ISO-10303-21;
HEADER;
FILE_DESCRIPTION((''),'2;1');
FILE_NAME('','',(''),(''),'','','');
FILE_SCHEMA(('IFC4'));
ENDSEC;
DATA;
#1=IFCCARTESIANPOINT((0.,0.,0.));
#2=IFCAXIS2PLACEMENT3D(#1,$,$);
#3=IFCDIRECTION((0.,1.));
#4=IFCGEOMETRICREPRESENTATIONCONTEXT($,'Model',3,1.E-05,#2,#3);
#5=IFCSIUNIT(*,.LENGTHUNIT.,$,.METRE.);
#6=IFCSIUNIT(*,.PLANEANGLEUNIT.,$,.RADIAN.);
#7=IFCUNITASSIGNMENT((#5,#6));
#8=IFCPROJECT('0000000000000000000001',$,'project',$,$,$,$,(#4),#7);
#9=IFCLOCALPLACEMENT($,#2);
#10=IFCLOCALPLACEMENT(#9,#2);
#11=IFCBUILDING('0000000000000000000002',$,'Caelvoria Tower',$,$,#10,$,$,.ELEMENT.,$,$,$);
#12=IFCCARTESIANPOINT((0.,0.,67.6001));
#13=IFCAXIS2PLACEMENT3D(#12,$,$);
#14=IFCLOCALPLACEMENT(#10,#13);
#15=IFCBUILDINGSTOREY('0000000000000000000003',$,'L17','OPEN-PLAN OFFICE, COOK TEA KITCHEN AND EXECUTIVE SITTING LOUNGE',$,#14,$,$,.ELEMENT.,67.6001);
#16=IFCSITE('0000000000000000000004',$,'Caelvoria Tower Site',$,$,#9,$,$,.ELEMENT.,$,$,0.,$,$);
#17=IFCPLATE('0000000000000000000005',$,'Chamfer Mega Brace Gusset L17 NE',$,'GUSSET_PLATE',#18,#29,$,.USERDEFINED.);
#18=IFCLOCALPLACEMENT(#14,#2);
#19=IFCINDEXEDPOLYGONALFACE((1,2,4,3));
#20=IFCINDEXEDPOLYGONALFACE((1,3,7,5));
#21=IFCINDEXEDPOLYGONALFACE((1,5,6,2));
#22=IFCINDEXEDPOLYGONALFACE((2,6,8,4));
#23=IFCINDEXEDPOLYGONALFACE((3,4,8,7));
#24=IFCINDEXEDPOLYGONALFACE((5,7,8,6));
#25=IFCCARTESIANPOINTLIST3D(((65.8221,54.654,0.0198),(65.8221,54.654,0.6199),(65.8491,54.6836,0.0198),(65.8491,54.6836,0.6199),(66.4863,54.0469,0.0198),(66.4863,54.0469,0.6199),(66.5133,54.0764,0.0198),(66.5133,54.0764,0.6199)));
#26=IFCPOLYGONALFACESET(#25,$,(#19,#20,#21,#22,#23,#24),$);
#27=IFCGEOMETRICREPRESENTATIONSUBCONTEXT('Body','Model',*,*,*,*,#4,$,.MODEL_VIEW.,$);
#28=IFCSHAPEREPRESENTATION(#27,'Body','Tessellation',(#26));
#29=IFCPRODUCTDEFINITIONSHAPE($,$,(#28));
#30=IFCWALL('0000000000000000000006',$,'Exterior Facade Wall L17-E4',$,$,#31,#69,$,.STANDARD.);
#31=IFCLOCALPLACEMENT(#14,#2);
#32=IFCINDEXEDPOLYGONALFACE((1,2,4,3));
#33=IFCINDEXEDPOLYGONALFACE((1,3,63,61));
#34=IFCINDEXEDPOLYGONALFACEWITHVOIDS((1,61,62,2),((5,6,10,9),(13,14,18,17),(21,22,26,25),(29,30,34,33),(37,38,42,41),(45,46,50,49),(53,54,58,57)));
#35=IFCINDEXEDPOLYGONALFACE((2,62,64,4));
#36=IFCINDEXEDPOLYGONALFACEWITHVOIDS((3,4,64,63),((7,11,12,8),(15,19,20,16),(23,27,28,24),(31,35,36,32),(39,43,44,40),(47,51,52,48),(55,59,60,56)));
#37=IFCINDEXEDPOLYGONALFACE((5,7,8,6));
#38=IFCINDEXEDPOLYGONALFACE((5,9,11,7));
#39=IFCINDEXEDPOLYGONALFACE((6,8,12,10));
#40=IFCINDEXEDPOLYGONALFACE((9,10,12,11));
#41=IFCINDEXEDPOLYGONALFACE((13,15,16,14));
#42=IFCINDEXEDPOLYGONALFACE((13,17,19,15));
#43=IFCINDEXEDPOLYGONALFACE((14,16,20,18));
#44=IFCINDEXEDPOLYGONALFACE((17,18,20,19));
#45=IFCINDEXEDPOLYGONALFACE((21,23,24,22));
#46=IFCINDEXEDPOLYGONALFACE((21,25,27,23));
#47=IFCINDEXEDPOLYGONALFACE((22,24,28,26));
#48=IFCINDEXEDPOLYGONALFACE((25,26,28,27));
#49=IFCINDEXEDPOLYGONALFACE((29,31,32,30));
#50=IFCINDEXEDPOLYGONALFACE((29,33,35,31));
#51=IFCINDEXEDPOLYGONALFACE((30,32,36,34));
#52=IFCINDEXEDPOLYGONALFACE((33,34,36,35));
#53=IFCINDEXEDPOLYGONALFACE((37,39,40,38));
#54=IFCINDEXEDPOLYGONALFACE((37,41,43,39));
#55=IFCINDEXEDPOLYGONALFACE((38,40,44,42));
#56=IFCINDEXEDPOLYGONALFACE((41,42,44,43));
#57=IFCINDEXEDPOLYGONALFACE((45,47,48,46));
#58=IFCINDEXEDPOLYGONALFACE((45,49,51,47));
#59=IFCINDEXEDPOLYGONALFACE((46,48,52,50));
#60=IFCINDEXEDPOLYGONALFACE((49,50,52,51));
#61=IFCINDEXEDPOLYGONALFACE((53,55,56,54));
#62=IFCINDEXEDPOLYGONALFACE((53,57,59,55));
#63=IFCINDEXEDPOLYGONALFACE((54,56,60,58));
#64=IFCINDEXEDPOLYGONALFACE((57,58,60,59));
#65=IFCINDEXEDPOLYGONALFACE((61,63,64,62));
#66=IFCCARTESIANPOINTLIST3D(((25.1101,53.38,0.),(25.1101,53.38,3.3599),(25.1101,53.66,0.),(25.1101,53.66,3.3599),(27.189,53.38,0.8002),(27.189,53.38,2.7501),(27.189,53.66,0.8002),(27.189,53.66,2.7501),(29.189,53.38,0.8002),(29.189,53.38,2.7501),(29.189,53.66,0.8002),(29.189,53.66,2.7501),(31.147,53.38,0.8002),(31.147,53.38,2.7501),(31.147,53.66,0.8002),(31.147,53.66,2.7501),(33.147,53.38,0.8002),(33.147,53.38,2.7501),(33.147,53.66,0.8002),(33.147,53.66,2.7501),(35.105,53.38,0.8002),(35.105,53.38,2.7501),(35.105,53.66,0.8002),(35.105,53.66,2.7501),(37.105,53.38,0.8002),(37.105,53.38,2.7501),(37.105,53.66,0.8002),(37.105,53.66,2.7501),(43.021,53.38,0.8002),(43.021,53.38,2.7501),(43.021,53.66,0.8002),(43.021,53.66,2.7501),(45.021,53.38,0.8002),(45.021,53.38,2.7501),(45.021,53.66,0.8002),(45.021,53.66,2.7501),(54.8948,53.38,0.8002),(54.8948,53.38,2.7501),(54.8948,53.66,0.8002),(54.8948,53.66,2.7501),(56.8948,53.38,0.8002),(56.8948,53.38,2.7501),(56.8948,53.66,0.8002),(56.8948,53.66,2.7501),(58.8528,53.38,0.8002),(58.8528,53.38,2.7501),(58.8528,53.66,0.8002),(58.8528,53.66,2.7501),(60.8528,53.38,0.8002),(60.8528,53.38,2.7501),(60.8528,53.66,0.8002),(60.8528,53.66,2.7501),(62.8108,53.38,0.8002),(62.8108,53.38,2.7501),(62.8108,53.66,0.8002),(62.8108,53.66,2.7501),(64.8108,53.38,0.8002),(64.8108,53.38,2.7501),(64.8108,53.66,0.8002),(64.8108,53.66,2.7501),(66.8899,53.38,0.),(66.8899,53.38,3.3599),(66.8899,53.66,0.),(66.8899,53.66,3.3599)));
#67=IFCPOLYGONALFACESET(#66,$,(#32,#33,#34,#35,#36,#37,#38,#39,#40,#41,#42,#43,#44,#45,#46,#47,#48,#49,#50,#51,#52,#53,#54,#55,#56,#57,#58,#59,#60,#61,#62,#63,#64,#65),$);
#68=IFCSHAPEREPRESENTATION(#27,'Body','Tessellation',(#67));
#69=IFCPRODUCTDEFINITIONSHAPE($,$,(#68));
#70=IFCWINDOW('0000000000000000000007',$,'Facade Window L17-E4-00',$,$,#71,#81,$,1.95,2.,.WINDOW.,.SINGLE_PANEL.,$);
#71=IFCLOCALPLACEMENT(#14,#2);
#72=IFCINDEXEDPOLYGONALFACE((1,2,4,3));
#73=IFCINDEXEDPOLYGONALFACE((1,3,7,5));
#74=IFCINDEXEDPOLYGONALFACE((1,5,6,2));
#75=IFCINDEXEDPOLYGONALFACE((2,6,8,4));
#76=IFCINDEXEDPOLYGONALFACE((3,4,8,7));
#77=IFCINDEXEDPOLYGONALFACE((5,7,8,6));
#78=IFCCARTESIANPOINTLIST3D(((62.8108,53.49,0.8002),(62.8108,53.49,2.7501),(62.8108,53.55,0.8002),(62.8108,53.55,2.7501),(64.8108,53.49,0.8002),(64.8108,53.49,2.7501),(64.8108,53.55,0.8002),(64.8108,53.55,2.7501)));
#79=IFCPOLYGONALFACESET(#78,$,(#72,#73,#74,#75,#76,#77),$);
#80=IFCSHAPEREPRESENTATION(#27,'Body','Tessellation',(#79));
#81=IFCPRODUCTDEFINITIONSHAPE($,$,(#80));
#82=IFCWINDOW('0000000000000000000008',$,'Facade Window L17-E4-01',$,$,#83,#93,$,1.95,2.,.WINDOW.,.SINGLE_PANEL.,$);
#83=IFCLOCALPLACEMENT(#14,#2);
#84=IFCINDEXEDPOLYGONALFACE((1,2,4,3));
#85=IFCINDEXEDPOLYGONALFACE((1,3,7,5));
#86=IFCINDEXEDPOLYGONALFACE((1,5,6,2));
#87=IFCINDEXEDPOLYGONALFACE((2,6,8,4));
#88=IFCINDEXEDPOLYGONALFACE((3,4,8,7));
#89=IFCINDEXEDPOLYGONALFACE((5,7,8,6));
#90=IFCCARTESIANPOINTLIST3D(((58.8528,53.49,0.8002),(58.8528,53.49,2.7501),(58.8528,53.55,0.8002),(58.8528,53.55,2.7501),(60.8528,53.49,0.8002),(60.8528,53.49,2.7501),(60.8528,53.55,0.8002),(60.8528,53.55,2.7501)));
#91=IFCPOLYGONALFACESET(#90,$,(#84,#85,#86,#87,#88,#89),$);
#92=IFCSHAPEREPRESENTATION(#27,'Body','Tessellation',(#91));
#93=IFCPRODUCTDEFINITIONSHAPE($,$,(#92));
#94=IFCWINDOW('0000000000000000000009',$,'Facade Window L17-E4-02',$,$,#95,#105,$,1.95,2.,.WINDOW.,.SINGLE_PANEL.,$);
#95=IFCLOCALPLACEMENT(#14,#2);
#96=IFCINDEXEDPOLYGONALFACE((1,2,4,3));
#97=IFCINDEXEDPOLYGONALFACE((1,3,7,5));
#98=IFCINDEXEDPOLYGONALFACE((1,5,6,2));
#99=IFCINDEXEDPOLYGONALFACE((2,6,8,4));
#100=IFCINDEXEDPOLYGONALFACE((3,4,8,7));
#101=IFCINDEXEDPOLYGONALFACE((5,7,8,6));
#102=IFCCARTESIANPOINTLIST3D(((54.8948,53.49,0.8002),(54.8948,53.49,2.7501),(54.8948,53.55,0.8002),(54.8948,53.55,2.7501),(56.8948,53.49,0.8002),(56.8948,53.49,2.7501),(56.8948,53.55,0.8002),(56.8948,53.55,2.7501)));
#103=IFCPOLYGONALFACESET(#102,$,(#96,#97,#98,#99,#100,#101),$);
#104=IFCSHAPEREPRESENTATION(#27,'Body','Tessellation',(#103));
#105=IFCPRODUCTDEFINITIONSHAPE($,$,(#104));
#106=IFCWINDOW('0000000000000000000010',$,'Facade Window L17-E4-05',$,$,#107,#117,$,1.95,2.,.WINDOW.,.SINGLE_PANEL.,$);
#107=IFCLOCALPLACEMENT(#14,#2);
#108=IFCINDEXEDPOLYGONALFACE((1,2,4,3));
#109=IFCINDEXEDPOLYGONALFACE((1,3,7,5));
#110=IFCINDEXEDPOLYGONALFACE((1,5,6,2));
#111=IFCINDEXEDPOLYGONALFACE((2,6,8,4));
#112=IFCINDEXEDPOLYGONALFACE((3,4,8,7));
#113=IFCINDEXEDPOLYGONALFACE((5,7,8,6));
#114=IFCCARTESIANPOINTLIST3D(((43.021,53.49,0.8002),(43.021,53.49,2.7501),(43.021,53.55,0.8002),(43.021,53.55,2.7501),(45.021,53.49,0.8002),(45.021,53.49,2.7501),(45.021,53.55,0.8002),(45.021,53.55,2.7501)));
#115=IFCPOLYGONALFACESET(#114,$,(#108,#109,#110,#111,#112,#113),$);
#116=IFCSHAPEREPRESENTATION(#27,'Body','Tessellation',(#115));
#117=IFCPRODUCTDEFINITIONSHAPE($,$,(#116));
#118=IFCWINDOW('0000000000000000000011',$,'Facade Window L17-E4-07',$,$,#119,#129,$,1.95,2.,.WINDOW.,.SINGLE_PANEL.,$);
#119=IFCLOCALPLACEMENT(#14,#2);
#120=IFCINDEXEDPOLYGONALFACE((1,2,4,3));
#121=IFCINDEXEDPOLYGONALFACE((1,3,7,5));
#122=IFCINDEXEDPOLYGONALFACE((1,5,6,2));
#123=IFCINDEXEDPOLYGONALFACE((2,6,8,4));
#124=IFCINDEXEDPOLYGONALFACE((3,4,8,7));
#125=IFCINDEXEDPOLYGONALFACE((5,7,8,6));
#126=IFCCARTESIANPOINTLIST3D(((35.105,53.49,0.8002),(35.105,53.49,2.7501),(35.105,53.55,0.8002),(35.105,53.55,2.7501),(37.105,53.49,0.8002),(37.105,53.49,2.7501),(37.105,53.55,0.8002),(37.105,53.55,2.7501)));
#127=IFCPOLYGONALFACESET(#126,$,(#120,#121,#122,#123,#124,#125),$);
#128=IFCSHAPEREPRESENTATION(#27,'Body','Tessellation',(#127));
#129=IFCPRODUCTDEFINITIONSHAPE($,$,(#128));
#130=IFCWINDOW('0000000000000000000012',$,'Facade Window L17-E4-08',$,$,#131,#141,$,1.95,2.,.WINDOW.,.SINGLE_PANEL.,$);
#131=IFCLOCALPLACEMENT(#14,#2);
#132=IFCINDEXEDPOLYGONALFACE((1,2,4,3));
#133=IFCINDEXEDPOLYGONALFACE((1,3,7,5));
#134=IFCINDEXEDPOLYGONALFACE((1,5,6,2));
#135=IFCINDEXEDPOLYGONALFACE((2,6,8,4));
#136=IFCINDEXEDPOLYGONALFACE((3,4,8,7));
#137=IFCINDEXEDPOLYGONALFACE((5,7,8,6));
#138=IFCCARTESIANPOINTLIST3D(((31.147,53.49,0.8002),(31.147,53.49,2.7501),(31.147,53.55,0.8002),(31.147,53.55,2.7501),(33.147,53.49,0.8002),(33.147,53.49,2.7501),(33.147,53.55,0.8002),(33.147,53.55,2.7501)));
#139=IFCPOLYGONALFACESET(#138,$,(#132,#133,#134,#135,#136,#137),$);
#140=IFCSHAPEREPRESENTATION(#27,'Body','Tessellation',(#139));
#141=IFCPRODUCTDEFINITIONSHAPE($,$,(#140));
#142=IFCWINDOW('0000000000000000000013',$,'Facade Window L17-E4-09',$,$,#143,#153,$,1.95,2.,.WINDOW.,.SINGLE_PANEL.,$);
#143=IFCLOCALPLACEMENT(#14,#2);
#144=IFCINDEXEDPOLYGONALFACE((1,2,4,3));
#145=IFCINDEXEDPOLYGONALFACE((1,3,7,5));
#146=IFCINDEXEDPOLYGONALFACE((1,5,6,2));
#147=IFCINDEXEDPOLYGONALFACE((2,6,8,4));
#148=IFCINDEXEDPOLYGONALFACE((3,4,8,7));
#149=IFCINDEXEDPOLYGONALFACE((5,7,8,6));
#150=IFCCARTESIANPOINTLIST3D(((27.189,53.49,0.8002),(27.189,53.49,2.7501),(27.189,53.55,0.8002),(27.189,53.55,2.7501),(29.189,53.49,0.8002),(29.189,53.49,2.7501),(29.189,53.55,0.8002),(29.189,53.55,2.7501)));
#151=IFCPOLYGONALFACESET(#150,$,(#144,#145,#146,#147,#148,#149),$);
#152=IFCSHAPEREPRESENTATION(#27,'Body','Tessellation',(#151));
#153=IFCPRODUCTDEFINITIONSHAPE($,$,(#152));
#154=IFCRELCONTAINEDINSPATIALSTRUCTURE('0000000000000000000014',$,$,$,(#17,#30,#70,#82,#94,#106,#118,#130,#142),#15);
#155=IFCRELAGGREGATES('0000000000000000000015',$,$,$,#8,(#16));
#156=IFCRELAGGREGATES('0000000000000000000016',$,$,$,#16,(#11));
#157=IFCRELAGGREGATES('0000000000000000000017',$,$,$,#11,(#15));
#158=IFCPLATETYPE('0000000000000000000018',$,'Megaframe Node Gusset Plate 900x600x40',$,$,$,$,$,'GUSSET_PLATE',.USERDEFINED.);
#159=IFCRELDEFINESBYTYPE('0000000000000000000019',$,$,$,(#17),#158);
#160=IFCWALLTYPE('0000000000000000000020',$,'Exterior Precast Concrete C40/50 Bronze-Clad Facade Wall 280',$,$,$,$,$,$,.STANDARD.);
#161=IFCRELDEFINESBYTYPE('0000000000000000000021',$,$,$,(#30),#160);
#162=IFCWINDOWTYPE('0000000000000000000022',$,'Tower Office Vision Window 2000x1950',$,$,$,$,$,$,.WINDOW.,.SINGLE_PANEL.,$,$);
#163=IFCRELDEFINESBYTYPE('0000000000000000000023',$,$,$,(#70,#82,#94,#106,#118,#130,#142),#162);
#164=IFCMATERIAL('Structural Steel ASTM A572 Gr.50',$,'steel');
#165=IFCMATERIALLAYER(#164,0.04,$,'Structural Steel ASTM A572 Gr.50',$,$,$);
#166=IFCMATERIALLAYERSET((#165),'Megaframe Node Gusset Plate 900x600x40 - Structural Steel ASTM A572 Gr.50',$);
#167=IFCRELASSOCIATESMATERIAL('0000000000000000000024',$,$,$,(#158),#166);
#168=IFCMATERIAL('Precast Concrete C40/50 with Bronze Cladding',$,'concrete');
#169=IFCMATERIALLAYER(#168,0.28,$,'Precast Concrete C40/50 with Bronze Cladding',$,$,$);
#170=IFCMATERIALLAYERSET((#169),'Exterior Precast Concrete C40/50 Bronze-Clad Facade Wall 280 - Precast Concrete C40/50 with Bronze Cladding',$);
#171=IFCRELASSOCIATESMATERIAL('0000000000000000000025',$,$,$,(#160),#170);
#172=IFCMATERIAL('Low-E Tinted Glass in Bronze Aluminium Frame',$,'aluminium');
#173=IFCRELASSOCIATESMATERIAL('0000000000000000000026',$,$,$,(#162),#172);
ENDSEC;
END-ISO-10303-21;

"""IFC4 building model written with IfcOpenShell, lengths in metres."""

from ifc_helpers import new_model, si_unit, direction, frame, frame_2d, origin, origin_2d, place, context, subcontext, project, spatial, rectangle, extrude, material, layer, layer_set, type_object, element, fill, save


model = new_model("IFC4")

# Units and contexts
model_context = context("Model", 3, precision=1e-05, world=origin(), true_north=direction((0.0, 1.0)))
body_context = subcontext(model_context, "Body", "Model", "MODEL_VIEW")
ifc_project = project(units=[si_unit("LENGTHUNIT", "METRE"), si_unit("PLANEANGLEUNIT", "RADIAN")], contexts=[model_context])

# Site, building, storey
site_placement = place(None, origin())
site = spatial("IfcSite", under=ifc_project, at=site_placement, Name="Caelvoria Tower Site", CompositionType="ELEMENT", RefElevation=0.0)
building_placement = place(site_placement, origin())
building = spatial("IfcBuilding", under=site, at=building_placement, Name="Caelvoria Tower", CompositionType="ELEMENT")
storey_placement = place(building_placement, frame((0.0, 0.0, 67.6001)))
storey = spatial("IfcBuildingStorey", under=building, at=storey_placement, Name="L17", Description="OPEN-PLAN OFFICE, COOK TEA KITCHEN AND EXECUTIVE SITTING LOUNGE", CompositionType="ELEMENT", Elevation=67.6001)

# Shared definitions
ifc_material_1 = material(Name="Structural Steel ASTM A572 Gr.50", Category="steel")

# Plate
ifc_layer_1 = layer(ifc_material_1, 0.04, Name="Structural Steel ASTM A572 Gr.50")
ifc_layer_set_1 = layer_set([ifc_layer_1], Name="Megaframe Node Gusset Plate 900x600x40 - Structural Steel ASTM A572 Gr.50")
plate_type = type_object("IfcPlateType", Name="Megaframe Node Gusset Plate 900x600x40", ElementType="GUSSET_PLATE", PredefinedType="USERDEFINED", material=ifc_layer_set_1)
plate_placement = place(storey_placement, frame((66.1677, 54.3652, 0.0198), z_axis=(0.0, 0.0, 1.0), x_axis=(0.738076, -0.674717, 0.0)))
element("IfcPlate", 1, at=plate_placement, inside=storey, type_object=plate_type, Name="Chamfer Mega Brace Gusset L17 NE", ObjectType="GUSSET_PLATE", PredefinedType="USERDEFINED", context=body_context, shape_type="SweptSolid", body=[
    extrude(rectangle(XDim=0.8999, YDim=0.04, at=origin_2d()), origin(), (0.0, 0.0, 1.0), 0.6001),
])

# Wall, openings, windows
ifc_material_2 = material(Name="Precast Concrete C40/50 with Bronze Cladding", Category="concrete")
ifc_layer_2 = layer(ifc_material_2, 0.28, Name="Precast Concrete C40/50 with Bronze Cladding")
ifc_layer_set_2 = layer_set([ifc_layer_2], Name="Exterior Precast Concrete C40/50 Bronze-Clad Facade Wall 280 - Precast Concrete C40/50 with Bronze Cladding")
wall_type = type_object("IfcWallType", Name="Exterior Precast Concrete C40/50 Bronze-Clad Facade Wall 280", PredefinedType="STANDARD", material=ifc_layer_set_2)
wall_placement = place(storey_placement, frame((66.8899, 53.52, 0.0), z_axis=(0.0, 0.0, 1.0), x_axis=(-1.0, 0.0, 0.0)))
wall = element("IfcWall", 2, at=wall_placement, inside=storey, type_object=wall_type, Name="Exterior Facade Wall L17-E4", PredefinedType="STANDARD", context=body_context, shape_type="SweptSolid", body=[
    extrude(rectangle(XDim=41.7798, YDim=0.28, at=frame_2d((20.8899, 0.0))), origin(), (0.0, 0.0, 1.0), 3.3599),
])
opening_1_placement = place(wall_placement, frame((2.0791, 0.0, 0.8)))
opening_1 = element("IfcOpeningElement", 3, at=opening_1_placement, cuts=wall, PredefinedType="OPENING", context=body_context, shape_type="SweptSolid", body=[
    extrude(rectangle(XDim=2.0, YDim=1.95, at=frame_2d((1.0, 0.9751))), frame((0.0, 0.1499, 0.0), z_axis=(0.0, -1.0, 0.0), x_axis=(1.0, 0.0, 0.0)), (0.0, 0.0, 1.0), 0.3),
])
opening_2_placement = place(wall_placement, frame((6.0371, 0.0, 0.8)))
opening_2 = element("IfcOpeningElement", 4, at=opening_2_placement, cuts=wall, PredefinedType="OPENING", context=body_context, shape_type="SweptSolid", body=[
    extrude(rectangle(XDim=2.0, YDim=1.95, at=frame_2d((1.0, 0.9751))), frame((0.0, 0.1499, 0.0), z_axis=(0.0, -1.0, 0.0), x_axis=(1.0, 0.0, 0.0)), (0.0, 0.0, 1.0), 0.3),
])
opening_3_placement = place(wall_placement, frame((9.9951, 0.0, 0.8)))
opening_3 = element("IfcOpeningElement", 5, at=opening_3_placement, cuts=wall, PredefinedType="OPENING", context=body_context, shape_type="SweptSolid", body=[
    extrude(rectangle(XDim=2.0, YDim=1.95, at=frame_2d((1.0, 0.9751))), frame((0.0, 0.1499, 0.0), z_axis=(0.0, -1.0, 0.0), x_axis=(1.0, 0.0, 0.0)), (0.0, 0.0, 1.0), 0.3),
])
opening_4_placement = place(wall_placement, frame((21.8689, 0.0, 0.8)))
opening_4 = element("IfcOpeningElement", 6, at=opening_4_placement, cuts=wall, PredefinedType="OPENING", context=body_context, shape_type="SweptSolid", body=[
    extrude(rectangle(XDim=2.0, YDim=1.95, at=frame_2d((1.0, 0.9751))), frame((0.0, 0.1499, 0.0), z_axis=(0.0, -1.0, 0.0), x_axis=(1.0, 0.0, 0.0)), (0.0, 0.0, 1.0), 0.3),
])
opening_5_placement = place(wall_placement, frame((29.7849, 0.0, 0.8)))
opening_5 = element("IfcOpeningElement", 7, at=opening_5_placement, cuts=wall, PredefinedType="OPENING", context=body_context, shape_type="SweptSolid", body=[
    extrude(rectangle(XDim=2.0, YDim=1.95, at=frame_2d((1.0, 0.9751))), frame((0.0, 0.1499, 0.0), z_axis=(0.0, -1.0, 0.0), x_axis=(1.0, 0.0, 0.0)), (0.0, 0.0, 1.0), 0.3),
])
opening_6_placement = place(wall_placement, frame((33.7429, 0.0, 0.8)))
opening_6 = element("IfcOpeningElement", 8, at=opening_6_placement, cuts=wall, PredefinedType="OPENING", context=body_context, shape_type="SweptSolid", body=[
    extrude(rectangle(XDim=2.0, YDim=1.95, at=frame_2d((1.0, 0.9751))), frame((0.0, 0.1499, 0.0), z_axis=(0.0, -1.0, 0.0), x_axis=(1.0, 0.0, 0.0)), (0.0, 0.0, 1.0), 0.3),
])
opening_7_placement = place(wall_placement, frame((37.7009, 0.0, 0.8)))
opening_7 = element("IfcOpeningElement", 9, at=opening_7_placement, cuts=wall, PredefinedType="OPENING", context=body_context, shape_type="SweptSolid", body=[
    extrude(rectangle(XDim=2.0, YDim=1.95, at=frame_2d((1.0, 0.9751))), frame((0.0, 0.1499, 0.0), z_axis=(0.0, -1.0, 0.0), x_axis=(1.0, 0.0, 0.0)), (0.0, 0.0, 1.0), 0.3),
])
ifc_material_3 = material(Name="Low-E Tinted Glass in Bronze Aluminium Frame", Category="aluminium")
window_type = type_object("IfcWindowType", Name="Tower Office Vision Window 2000x1950", PartitioningType="SINGLE_PANEL", PredefinedType="WINDOW", material=ifc_material_3)
window_1_placement = place(opening_1_placement, origin())
window_1 = element("IfcWindow", 10, at=window_1_placement, inside=storey, type_object=window_type, Name="Facade Window L17-E4-00", OverallHeight=1.95, OverallWidth=2.0, PartitioningType="SINGLE_PANEL", PredefinedType="WINDOW", context=body_context, shape_type="SweptSolid", body=[
    extrude(rectangle(XDim=2.0, YDim=1.95, at=frame_2d((1.0, 0.9751))), frame((0.0, 0.03, 0.0), z_axis=(0.0, -1.0, 0.0), x_axis=(1.0, 0.0, 0.0)), (0.0, 0.0, 1.0), 0.0601),
])
fill(opening_1, window_1)
window_2_placement = place(opening_2_placement, origin())
window_2 = element("IfcWindow", 11, at=window_2_placement, inside=storey, type_object=window_type, Name="Facade Window L17-E4-01", OverallHeight=1.95, OverallWidth=2.0, PartitioningType="SINGLE_PANEL", PredefinedType="WINDOW", context=body_context, shape_type="SweptSolid", body=[
    extrude(rectangle(XDim=2.0, YDim=1.95, at=frame_2d((1.0, 0.9751))), frame((0.0, 0.03, 0.0), z_axis=(0.0, -1.0, 0.0), x_axis=(1.0, 0.0, 0.0)), (0.0, 0.0, 1.0), 0.0601),
])
fill(opening_2, window_2)
window_3_placement = place(opening_3_placement, origin())
window_3 = element("IfcWindow", 12, at=window_3_placement, inside=storey, type_object=window_type, Name="Facade Window L17-E4-02", OverallHeight=1.95, OverallWidth=2.0, PartitioningType="SINGLE_PANEL", PredefinedType="WINDOW", context=body_context, shape_type="SweptSolid", body=[
    extrude(rectangle(XDim=2.0, YDim=1.95, at=frame_2d((1.0, 0.9751))), frame((0.0, 0.03, 0.0), z_axis=(0.0, -1.0, 0.0), x_axis=(1.0, 0.0, 0.0)), (0.0, 0.0, 1.0), 0.0601),
])
fill(opening_3, window_3)
window_4_placement = place(opening_4_placement, origin())
window_4 = element("IfcWindow", 13, at=window_4_placement, inside=storey, type_object=window_type, Name="Facade Window L17-E4-05", OverallHeight=1.95, OverallWidth=2.0, PartitioningType="SINGLE_PANEL", PredefinedType="WINDOW", context=body_context, shape_type="SweptSolid", body=[
    extrude(rectangle(XDim=2.0, YDim=1.95, at=frame_2d((1.0, 0.9751))), frame((0.0, 0.03, 0.0), z_axis=(0.0, -1.0, 0.0), x_axis=(1.0, 0.0, 0.0)), (0.0, 0.0, 1.0), 0.0601),
])
fill(opening_4, window_4)
window_5_placement = place(opening_5_placement, origin())
window_5 = element("IfcWindow", 14, at=window_5_placement, inside=storey, type_object=window_type, Name="Facade Window L17-E4-07", OverallHeight=1.95, OverallWidth=2.0, PartitioningType="SINGLE_PANEL", PredefinedType="WINDOW", context=body_context, shape_type="SweptSolid", body=[
    extrude(rectangle(XDim=2.0, YDim=1.95, at=frame_2d((1.0, 0.9751))), frame((0.0, 0.03, 0.0), z_axis=(0.0, -1.0, 0.0), x_axis=(1.0, 0.0, 0.0)), (0.0, 0.0, 1.0), 0.0601),
])
fill(opening_5, window_5)
window_6_placement = place(opening_6_placement, origin())
window_6 = element("IfcWindow", 15, at=window_6_placement, inside=storey, type_object=window_type, Name="Facade Window L17-E4-08", OverallHeight=1.95, OverallWidth=2.0, PartitioningType="SINGLE_PANEL", PredefinedType="WINDOW", context=body_context, shape_type="SweptSolid", body=[
    extrude(rectangle(XDim=2.0, YDim=1.95, at=frame_2d((1.0, 0.9751))), frame((0.0, 0.03, 0.0), z_axis=(0.0, -1.0, 0.0), x_axis=(1.0, 0.0, 0.0)), (0.0, 0.0, 1.0), 0.0601),
])
fill(opening_6, window_6)
window_7_placement = place(opening_7_placement, origin())
window_7 = element("IfcWindow", 16, at=window_7_placement, inside=storey, type_object=window_type, Name="Facade Window L17-E4-09", OverallHeight=1.95, OverallWidth=2.0, PartitioningType="SINGLE_PANEL", PredefinedType="WINDOW", context=body_context, shape_type="SweptSolid", body=[
    extrude(rectangle(XDim=2.0, YDim=1.95, at=frame_2d((1.0, 0.9751))), frame((0.0, 0.03, 0.0), z_axis=(0.0, -1.0, 0.0), x_axis=(1.0, 0.0, 0.0)), (0.0, 0.0, 1.0), 0.0601),
])
fill(opening_7, window_7)

save(model, "model.ifc")
